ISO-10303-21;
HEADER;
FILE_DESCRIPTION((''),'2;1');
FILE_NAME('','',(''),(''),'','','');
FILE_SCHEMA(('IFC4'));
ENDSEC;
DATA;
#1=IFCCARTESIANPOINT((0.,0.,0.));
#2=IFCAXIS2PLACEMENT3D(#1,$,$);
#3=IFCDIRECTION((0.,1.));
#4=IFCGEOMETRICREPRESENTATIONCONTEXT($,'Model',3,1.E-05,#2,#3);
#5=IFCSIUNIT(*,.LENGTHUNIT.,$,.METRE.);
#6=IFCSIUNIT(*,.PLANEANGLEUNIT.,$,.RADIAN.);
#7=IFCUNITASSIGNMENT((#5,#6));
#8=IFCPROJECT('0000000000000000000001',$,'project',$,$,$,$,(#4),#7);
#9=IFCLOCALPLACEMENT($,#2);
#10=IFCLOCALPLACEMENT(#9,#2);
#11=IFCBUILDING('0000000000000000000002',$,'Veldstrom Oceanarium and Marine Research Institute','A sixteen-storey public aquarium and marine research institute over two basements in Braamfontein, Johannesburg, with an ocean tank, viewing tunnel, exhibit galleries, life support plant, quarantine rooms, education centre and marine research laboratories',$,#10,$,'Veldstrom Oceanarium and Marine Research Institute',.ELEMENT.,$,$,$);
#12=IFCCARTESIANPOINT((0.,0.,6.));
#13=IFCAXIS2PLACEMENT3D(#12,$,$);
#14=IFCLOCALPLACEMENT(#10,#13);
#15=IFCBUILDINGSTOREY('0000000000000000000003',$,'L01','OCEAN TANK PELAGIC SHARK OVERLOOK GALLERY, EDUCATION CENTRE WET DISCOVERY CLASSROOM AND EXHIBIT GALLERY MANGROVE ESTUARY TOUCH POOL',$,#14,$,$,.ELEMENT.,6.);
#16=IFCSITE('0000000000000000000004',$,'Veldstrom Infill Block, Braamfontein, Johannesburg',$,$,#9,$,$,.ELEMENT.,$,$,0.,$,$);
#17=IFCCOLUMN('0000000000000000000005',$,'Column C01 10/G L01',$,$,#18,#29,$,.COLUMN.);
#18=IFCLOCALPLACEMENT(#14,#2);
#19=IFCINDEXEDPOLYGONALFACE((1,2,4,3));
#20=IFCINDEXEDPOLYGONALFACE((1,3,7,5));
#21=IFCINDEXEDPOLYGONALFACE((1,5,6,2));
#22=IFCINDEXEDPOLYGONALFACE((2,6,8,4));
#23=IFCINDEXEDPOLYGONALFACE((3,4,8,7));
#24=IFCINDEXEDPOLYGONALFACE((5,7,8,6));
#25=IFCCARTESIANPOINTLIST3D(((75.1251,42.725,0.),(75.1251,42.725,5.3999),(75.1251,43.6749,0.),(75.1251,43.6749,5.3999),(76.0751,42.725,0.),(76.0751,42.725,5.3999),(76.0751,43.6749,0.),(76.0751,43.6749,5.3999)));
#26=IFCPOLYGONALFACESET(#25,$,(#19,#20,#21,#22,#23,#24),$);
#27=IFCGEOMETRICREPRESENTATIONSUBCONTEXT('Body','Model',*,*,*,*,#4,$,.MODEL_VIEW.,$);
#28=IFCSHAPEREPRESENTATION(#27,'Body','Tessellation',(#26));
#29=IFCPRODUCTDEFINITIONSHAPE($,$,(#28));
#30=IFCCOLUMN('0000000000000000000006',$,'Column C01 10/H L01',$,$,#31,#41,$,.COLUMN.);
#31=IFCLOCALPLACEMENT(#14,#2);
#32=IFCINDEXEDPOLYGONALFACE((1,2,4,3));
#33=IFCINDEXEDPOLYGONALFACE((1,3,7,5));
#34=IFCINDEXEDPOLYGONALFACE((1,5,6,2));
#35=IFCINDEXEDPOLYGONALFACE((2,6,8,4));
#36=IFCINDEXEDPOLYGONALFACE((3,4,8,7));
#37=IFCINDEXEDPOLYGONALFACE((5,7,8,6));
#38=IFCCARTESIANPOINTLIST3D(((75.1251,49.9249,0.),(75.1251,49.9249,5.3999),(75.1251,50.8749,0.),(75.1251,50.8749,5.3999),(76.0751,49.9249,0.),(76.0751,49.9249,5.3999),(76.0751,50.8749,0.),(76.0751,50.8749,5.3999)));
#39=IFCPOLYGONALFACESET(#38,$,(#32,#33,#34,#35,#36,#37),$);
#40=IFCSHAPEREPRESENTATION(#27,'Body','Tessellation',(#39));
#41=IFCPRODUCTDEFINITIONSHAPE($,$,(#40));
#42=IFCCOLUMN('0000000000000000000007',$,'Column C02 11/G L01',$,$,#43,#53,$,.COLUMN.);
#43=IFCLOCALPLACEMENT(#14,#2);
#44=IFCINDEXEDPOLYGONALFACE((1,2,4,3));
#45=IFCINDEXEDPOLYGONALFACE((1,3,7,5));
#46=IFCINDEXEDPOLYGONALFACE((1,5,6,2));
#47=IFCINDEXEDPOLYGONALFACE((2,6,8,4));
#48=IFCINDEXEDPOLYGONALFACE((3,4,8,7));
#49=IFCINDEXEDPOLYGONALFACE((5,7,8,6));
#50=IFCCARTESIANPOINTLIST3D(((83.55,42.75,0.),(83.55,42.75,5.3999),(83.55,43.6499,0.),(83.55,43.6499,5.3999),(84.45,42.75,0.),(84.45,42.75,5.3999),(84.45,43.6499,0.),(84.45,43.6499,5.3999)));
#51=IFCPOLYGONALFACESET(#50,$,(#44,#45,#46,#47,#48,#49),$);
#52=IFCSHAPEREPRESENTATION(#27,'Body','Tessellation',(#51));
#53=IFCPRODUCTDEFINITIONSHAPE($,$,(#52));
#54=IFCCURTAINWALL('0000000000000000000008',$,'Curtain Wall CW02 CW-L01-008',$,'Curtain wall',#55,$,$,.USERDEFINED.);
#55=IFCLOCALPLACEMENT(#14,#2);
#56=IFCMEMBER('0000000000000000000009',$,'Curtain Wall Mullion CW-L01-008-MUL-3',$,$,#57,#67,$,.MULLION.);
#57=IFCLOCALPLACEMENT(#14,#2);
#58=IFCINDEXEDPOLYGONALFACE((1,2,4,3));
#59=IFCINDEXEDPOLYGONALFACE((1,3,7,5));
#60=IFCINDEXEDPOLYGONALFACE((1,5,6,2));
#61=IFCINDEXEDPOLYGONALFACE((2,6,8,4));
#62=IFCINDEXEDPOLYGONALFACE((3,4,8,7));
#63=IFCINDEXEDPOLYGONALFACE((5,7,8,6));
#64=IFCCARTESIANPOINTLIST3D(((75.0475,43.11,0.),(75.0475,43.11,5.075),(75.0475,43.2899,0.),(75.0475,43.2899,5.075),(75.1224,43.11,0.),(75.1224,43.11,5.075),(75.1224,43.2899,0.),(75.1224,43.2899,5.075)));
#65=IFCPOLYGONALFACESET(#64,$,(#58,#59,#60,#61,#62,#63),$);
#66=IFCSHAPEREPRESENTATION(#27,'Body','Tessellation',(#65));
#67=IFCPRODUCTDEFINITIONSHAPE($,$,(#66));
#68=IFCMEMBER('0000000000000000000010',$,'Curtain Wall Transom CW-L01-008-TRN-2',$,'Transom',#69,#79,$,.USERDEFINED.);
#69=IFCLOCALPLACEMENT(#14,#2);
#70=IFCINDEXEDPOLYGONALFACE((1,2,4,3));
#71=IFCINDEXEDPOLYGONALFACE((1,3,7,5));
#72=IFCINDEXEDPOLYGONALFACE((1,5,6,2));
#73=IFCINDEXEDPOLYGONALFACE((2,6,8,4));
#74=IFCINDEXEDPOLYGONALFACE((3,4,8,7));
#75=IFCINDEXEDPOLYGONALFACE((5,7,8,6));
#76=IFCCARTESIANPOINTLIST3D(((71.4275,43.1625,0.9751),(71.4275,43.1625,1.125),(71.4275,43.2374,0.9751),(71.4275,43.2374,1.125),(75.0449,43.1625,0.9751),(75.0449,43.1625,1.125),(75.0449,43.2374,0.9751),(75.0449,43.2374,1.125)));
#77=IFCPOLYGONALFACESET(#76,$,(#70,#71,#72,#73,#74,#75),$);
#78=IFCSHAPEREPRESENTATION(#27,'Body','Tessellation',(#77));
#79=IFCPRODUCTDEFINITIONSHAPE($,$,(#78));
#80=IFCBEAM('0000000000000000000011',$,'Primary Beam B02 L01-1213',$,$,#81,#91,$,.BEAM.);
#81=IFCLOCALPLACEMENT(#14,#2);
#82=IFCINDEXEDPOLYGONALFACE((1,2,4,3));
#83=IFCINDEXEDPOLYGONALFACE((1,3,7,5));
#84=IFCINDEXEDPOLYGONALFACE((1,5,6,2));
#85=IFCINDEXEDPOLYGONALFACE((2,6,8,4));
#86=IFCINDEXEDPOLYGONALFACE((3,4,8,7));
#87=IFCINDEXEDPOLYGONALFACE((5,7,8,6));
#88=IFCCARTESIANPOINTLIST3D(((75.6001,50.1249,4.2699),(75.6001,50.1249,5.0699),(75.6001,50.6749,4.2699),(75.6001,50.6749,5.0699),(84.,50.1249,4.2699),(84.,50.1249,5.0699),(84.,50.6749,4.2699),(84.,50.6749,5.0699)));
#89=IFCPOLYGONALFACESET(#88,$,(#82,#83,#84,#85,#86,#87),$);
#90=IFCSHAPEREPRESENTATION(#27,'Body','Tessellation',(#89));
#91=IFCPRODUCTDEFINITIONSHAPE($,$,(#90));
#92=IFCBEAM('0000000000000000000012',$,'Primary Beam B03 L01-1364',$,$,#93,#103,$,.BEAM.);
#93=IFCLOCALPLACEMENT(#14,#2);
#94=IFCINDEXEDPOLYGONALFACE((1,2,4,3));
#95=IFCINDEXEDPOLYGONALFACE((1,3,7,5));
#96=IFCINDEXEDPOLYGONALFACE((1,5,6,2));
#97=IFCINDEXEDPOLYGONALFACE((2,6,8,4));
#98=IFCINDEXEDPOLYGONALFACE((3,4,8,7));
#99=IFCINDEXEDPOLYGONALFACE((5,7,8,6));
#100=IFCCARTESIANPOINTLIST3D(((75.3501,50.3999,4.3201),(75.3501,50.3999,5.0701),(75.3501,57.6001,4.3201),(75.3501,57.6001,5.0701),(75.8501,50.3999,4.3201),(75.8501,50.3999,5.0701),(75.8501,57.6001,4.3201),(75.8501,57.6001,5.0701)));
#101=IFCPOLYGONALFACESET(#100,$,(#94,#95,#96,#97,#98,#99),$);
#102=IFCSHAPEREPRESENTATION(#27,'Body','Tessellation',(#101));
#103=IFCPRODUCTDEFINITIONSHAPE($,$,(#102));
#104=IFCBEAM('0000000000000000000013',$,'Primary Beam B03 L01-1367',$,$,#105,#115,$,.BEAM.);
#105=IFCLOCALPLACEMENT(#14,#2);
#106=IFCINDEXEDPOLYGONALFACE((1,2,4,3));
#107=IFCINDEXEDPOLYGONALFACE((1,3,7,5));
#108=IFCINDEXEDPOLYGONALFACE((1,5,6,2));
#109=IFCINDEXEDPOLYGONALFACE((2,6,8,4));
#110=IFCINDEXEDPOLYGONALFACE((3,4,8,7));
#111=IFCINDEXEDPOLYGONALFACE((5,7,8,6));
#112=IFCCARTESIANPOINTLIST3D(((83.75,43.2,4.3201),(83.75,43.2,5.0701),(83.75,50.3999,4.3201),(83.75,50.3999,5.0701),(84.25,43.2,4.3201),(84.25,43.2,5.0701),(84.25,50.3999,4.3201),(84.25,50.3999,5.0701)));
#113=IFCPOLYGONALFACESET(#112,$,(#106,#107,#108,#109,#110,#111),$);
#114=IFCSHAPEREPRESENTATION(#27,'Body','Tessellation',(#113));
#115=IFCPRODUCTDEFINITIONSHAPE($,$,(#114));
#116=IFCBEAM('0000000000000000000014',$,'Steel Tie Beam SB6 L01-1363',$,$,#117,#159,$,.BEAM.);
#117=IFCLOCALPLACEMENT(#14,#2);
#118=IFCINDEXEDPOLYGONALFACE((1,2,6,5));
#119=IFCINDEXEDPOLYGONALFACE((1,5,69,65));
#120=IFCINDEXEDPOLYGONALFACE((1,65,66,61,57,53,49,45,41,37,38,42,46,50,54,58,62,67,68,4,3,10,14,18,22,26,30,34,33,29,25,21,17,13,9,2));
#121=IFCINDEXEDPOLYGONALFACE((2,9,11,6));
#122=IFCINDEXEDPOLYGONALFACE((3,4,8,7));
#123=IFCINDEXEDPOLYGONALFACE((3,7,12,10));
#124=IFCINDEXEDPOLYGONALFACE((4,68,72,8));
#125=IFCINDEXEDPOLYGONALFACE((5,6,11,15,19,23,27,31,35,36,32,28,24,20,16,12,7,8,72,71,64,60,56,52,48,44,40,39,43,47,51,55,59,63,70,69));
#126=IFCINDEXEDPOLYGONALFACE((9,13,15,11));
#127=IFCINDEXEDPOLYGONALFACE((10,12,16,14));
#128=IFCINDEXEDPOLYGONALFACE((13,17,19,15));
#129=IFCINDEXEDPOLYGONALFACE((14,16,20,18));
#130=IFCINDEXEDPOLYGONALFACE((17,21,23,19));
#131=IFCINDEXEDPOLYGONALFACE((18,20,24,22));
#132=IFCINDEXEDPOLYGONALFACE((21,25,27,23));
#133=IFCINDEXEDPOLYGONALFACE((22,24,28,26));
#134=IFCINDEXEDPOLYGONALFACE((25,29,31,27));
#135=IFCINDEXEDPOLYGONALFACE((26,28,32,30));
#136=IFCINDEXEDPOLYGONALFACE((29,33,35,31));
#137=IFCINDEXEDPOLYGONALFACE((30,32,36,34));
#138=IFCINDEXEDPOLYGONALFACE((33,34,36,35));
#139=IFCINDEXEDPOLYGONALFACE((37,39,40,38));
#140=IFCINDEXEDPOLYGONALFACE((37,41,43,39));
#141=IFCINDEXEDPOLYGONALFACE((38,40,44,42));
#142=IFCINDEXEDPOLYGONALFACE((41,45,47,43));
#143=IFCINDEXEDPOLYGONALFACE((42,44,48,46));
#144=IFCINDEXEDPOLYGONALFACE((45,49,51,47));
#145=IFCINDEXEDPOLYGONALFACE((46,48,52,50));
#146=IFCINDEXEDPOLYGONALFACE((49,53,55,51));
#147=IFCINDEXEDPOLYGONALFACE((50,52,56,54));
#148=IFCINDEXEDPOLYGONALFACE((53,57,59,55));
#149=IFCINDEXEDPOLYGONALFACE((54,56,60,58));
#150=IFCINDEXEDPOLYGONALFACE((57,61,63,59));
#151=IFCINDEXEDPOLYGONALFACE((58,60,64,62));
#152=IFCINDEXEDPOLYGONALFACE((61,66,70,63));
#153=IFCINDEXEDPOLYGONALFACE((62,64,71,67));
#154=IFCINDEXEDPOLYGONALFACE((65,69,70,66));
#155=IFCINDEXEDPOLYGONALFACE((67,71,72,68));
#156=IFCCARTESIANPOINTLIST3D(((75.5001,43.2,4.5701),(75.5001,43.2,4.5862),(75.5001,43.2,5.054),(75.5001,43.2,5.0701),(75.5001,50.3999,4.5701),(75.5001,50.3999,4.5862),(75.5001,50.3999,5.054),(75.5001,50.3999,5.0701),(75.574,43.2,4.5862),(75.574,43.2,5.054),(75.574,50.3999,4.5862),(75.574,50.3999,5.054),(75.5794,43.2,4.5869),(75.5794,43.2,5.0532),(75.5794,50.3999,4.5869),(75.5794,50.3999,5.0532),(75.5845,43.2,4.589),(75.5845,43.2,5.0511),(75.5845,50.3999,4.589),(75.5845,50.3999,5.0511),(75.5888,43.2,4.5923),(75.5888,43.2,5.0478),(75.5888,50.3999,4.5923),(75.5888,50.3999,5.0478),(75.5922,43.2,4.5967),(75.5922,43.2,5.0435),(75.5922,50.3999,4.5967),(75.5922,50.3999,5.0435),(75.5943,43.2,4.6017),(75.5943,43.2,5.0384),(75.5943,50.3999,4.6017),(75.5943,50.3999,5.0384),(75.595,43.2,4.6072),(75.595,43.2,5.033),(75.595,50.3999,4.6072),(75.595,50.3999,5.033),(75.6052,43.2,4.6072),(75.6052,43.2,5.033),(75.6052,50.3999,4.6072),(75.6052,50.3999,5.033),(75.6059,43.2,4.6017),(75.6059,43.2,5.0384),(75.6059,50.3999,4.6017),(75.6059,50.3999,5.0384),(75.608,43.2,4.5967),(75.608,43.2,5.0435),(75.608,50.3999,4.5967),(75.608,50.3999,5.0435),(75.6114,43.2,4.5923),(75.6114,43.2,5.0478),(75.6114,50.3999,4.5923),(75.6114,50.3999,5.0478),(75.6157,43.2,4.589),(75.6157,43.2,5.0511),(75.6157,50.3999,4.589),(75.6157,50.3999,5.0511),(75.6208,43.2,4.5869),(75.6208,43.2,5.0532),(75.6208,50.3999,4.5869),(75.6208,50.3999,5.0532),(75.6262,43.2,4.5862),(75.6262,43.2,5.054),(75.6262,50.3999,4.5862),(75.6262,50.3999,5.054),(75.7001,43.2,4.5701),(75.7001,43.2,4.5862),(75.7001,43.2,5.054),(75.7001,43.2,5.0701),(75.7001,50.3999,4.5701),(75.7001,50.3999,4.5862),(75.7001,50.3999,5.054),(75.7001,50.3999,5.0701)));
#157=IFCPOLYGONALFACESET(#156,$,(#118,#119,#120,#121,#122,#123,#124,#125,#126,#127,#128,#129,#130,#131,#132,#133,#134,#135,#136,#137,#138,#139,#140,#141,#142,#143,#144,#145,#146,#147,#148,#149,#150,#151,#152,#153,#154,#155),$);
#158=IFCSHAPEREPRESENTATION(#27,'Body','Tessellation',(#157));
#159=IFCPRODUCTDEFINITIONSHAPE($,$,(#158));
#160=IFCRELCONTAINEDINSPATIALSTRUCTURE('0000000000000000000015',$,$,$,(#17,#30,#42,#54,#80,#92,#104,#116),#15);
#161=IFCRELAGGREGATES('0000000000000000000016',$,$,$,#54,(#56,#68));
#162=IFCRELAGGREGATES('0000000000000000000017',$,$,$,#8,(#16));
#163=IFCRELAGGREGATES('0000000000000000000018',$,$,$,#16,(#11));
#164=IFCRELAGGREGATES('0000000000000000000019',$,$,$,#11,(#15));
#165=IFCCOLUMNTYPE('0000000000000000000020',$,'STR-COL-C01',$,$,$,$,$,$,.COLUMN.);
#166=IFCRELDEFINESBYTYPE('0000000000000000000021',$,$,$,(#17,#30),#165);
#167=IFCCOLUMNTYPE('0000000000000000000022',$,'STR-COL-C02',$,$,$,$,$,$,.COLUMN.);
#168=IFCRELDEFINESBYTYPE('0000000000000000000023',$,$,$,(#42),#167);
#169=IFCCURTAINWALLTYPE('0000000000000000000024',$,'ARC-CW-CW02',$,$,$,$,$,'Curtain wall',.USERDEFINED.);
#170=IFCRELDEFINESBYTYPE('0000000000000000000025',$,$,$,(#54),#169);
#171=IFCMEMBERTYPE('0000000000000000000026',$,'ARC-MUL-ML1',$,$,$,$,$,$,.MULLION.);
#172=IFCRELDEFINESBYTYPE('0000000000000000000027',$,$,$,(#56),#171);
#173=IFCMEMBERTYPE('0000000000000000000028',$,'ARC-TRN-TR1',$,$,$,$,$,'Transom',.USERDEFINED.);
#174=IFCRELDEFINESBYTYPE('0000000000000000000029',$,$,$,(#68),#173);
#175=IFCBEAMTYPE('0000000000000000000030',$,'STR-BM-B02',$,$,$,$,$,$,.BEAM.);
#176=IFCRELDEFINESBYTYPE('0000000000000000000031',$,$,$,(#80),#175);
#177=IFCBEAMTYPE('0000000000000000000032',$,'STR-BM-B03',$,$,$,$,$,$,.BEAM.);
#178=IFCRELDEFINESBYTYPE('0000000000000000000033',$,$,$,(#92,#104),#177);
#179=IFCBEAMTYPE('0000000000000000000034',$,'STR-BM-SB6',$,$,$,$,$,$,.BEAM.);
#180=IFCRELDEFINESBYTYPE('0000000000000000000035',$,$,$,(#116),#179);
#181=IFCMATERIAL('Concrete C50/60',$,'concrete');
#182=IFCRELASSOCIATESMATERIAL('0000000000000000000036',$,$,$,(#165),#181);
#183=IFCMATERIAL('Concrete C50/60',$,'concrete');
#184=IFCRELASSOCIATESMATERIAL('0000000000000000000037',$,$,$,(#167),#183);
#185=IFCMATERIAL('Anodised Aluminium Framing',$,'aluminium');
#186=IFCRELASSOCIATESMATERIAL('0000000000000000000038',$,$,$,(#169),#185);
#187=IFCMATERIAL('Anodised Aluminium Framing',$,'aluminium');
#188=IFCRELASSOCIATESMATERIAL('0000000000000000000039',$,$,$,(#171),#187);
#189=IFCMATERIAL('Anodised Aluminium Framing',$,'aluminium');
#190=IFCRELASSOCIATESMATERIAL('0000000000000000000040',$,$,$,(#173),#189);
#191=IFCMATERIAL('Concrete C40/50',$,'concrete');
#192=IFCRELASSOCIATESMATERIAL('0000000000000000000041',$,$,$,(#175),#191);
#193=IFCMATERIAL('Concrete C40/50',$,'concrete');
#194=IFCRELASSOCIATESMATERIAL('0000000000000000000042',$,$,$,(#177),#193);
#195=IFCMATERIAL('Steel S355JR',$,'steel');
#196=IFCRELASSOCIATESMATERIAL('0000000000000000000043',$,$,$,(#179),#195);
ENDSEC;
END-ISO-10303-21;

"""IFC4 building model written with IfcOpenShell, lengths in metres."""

from ifc_helpers import new_model, si_unit, direction, frame, origin, origin_2d, place, context, subcontext, project, spatial, rectangle, i_section, extrude, material, material_profile, profile_set, type_object, element, aggregate, save


model = new_model("IFC4")

# Units and contexts
model_context = context("Model", 3, precision=1e-05, world=origin(), true_north=direction((0.0, 1.0)))
body_context = subcontext(model_context, "Body", "Model", "MODEL_VIEW")
ifc_project = project(units=[si_unit("LENGTHUNIT", "METRE"), si_unit("PLANEANGLEUNIT", "RADIAN")], contexts=[model_context])

# Site, building, storey
site_placement = place(None, origin())
site = spatial("IfcSite", under=ifc_project, at=site_placement, Name="Veldstrom Infill Block, Braamfontein, Johannesburg", CompositionType="ELEMENT", RefElevation=0.0)
building_placement = place(site_placement, origin())
building = spatial("IfcBuilding", under=site, at=building_placement, Name="Veldstrom Oceanarium and Marine Research Institute", Description="A sixteen-storey public aquarium and marine research institute over two basements in Braamfontein, Johannesburg, with an ocean tank, viewing tunnel, exhibit galleries, life support plant, quarantine rooms, education centre and marine research laboratories", LongName="Veldstrom Oceanarium and Marine Research Institute", CompositionType="ELEMENT")
storey_placement = place(building_placement, frame((0.0, 0.0, 6.0)))
storey = spatial("IfcBuildingStorey", under=building, at=storey_placement, Name="L01", Description="OCEAN TANK PELAGIC SHARK OVERLOOK GALLERY, EDUCATION CENTRE WET DISCOVERY CLASSROOM AND EXHIBIT GALLERY MANGROVE ESTUARY TOUCH POOL", CompositionType="ELEMENT", Elevation=6.0)

# Columns
ifc_material_1 = material(Name="Concrete C50/60", Category="concrete")
ifc_material_profile_1 = material_profile(ifc_material_1, rectangle(XDim=0.95, YDim=0.95, at=origin_2d()), Name="RC-COL-950x950")
ifc_profile_set_1 = profile_set([ifc_material_profile_1], Name="Concrete C50/60")
column_type_1 = type_object("IfcColumnType", Name="STR-COL-C01", PredefinedType="COLUMN", material=ifc_profile_set_1)
for number, where, z_axis, x_axis, name in (
    (1, (75.6001, 43.2, 0.0), (0.0, 0.0, 1.0), (1.0, 0.0, 0.0), "Column C01 10/G L01"),
    (2, (75.6001, 50.3999, 0.0), (0.0, 0.0, 1.0), (1.0, 0.0, 0.0), "Column C01 10/H L01"),
):
    element("IfcColumn", number, at=place(storey_placement, frame(where, z_axis=z_axis, x_axis=x_axis)), inside=storey, type_object=column_type_1, Name=name, PredefinedType="COLUMN", context=body_context, shape_type="SweptSolid", body=[
        extrude(rectangle(XDim=0.95, YDim=0.95, at=origin_2d()), origin(), (0.0, 0.0, 1.0), 5.3999),
    ])
ifc_material_2 = material(Name="Concrete C50/60", Category="concrete")
ifc_material_profile_2 = material_profile(ifc_material_2, rectangle(XDim=0.8999, YDim=0.8999, at=origin_2d()), Name="RC-COL-900x900")
ifc_profile_set_2 = profile_set([ifc_material_profile_2], Name="Concrete C50/60")
column_type_2 = type_object("IfcColumnType", Name="STR-COL-C02", PredefinedType="COLUMN", material=ifc_profile_set_2)
column_placement = place(storey_placement, frame((84.0, 43.2, 0.0), z_axis=(0.0, 0.0, 1.0), x_axis=(1.0, 0.0, 0.0)))
element("IfcColumn", 3, at=column_placement, inside=storey, type_object=column_type_2, Name="Column C02 11/G L01", PredefinedType="COLUMN", context=body_context, shape_type="SweptSolid", body=[
    extrude(rectangle(XDim=0.8999, YDim=0.8999, at=origin_2d()), origin(), (0.0, 0.0, 1.0), 5.3999),
])

# Curtain wall, members
ifc_material_3 = material(Name="Anodised Aluminium Framing", Category="aluminium")
curtain_wall_type = type_object("IfcCurtainWallType", Name="ARC-CW-CW02", ElementType="Curtain wall", PredefinedType="USERDEFINED", material=ifc_material_3)
curtain_wall_placement = place(storey_placement, origin())
curtain_wall = element("IfcCurtainWall", 4, at=curtain_wall_placement, inside=storey, type_object=curtain_wall_type, Name="Curtain Wall CW02 CW-L01-008", ObjectType="Curtain wall", PredefinedType="USERDEFINED")
ifc_material_4 = material(Name="Anodised Aluminium Framing", Category="aluminium")
ifc_material_profile_3 = material_profile(ifc_material_4, rectangle(XDim=0.075, YDim=0.1799, at=origin_2d()), Name="ALU-MUL-75x180")
ifc_profile_set_3 = profile_set([ifc_material_profile_3], Name="Anodised Aluminium Framing")
member_type_1 = type_object("IfcMemberType", Name="ARC-MUL-ML1", PredefinedType="MULLION", material=ifc_profile_set_3)
member_1_placement = place(storey_placement, frame((75.085, 43.2, 0.0), z_axis=(0.0, 0.0, 1.0), x_axis=(1.0, 0.0, 0.0)))
member_1 = element("IfcMember", 5, at=member_1_placement, type_object=member_type_1, Name="Curtain Wall Mullion CW-L01-008-MUL-3", PredefinedType="MULLION", context=body_context, shape_type="SweptSolid", body=[
    extrude(rectangle(XDim=0.075, YDim=0.1799, at=origin_2d()), origin(), (0.0, 0.0, 1.0), 5.075),
])
ifc_material_5 = material(Name="Anodised Aluminium Framing", Category="aluminium")
ifc_material_profile_4 = material_profile(ifc_material_5, rectangle(XDim=0.075, YDim=0.1499, at=origin_2d()), Name="ALU-TRN-75x150")
ifc_profile_set_4 = profile_set([ifc_material_profile_4], Name="Anodised Aluminium Framing")
member_type_2 = type_object("IfcMemberType", Name="ARC-TRN-TR1", ElementType="Transom", PredefinedType="USERDEFINED", material=ifc_profile_set_4)
member_2_placement = place(storey_placement, frame((71.4275, 43.2, 1.05), z_axis=(1.0, 0.0, 0.0), x_axis=(0.0, 1.0, 0.0)))
member_2 = element("IfcMember", 6, at=member_2_placement, type_object=member_type_2, Name="Curtain Wall Transom CW-L01-008-TRN-2", ObjectType="Transom", PredefinedType="USERDEFINED", context=body_context, shape_type="SweptSolid", body=[
    extrude(rectangle(XDim=0.075, YDim=0.1499, at=origin_2d()), origin(), (0.0, 0.0, 1.0), 3.6174),
])

# Beams
ifc_material_6 = material(Name="Concrete C40/50", Category="concrete")
ifc_material_profile_5 = material_profile(ifc_material_6, rectangle(XDim=0.55, YDim=0.8, at=origin_2d()), Name="RC-BM-550x800")
ifc_profile_set_5 = profile_set([ifc_material_profile_5], Name="Concrete C40/50")
beam_type_1 = type_object("IfcBeamType", Name="STR-BM-B02", PredefinedType="BEAM", material=ifc_profile_set_5)
beam_1_placement = place(storey_placement, frame((75.6001, 50.3999, 4.6699), z_axis=(1.0, 0.0, 0.0), x_axis=(0.0, 1.0, 0.0)))
element("IfcBeam", 7, at=beam_1_placement, inside=storey, type_object=beam_type_1, Name="Primary Beam B02 L01-1213", PredefinedType="BEAM", context=body_context, shape_type="SweptSolid", body=[
    extrude(rectangle(XDim=0.55, YDim=0.8, at=origin_2d()), origin(), (0.0, 0.0, 1.0), 8.3999),
])
ifc_material_7 = material(Name="Concrete C40/50", Category="concrete")
ifc_material_profile_6 = material_profile(ifc_material_7, rectangle(XDim=0.5, YDim=0.75, at=origin_2d()), Name="RC-BM-500x750")
ifc_profile_set_6 = profile_set([ifc_material_profile_6], Name="Concrete C40/50")
beam_type_2 = type_object("IfcBeamType", Name="STR-BM-B03", PredefinedType="BEAM", material=ifc_profile_set_6)
beam_2_placement = place(storey_placement, frame((75.6001, 50.3999, 4.6951), z_axis=(0.0, 1.0, 0.0), x_axis=(-1.0, 0.0, 0.0)))
element("IfcBeam", 8, at=beam_2_placement, inside=storey, type_object=beam_type_2, Name="Primary Beam B03 L01-1364", PredefinedType="BEAM", context=body_context, shape_type="SweptSolid", body=[
    extrude(rectangle(XDim=0.5, YDim=0.75, at=origin_2d()), origin(), (0.0, 0.0, 1.0), 7.2002),
])
beam_3_placement = place(storey_placement, frame((84.0, 43.2, 4.6951), z_axis=(0.0, 1.0, 0.0), x_axis=(-1.0, 0.0, 0.0)))
element("IfcBeam", 9, at=beam_3_placement, inside=storey, type_object=beam_type_2, Name="Primary Beam B03 L01-1367", PredefinedType="BEAM", context=body_context, shape_type="SweptSolid", body=[
    extrude(rectangle(XDim=0.5, YDim=0.75, at=origin_2d()), origin(), (0.0, 0.0, 1.0), 7.2),
])
ifc_material_8 = material(Name="Steel S355JR", Category="steel")
ifc_material_profile_7 = material_profile(ifc_material_8, i_section(OverallWidth=0.2, OverallDepth=0.5, WebThickness=0.0103, FlangeThickness=0.0161, FilletRadius=0.021, at=origin_2d()), Name="IPE 500")
ifc_profile_set_7 = profile_set([ifc_material_profile_7], Name="Steel S355JR")
beam_type_3 = type_object("IfcBeamType", Name="STR-BM-SB6", PredefinedType="BEAM", material=ifc_profile_set_7)
beam_4_placement = place(storey_placement, frame((75.6001, 43.2, 4.8201), z_axis=(0.0, 1.0, 0.0), x_axis=(-1.0, 0.0, 0.0)))
element("IfcBeam", 10, at=beam_4_placement, inside=storey, type_object=beam_type_3, Name="Steel Tie Beam SB6 L01-1363", PredefinedType="BEAM", context=body_context, shape_type="SweptSolid", body=[
    extrude(i_section(OverallWidth=0.2, OverallDepth=0.5, WebThickness=0.0103, FlangeThickness=0.0161, FilletRadius=0.021, at=origin_2d()), origin(), (0.0, 0.0, 1.0), 7.2),
])

aggregate(curtain_wall, [member_1, member_2])

save(model, "model.ifc")
